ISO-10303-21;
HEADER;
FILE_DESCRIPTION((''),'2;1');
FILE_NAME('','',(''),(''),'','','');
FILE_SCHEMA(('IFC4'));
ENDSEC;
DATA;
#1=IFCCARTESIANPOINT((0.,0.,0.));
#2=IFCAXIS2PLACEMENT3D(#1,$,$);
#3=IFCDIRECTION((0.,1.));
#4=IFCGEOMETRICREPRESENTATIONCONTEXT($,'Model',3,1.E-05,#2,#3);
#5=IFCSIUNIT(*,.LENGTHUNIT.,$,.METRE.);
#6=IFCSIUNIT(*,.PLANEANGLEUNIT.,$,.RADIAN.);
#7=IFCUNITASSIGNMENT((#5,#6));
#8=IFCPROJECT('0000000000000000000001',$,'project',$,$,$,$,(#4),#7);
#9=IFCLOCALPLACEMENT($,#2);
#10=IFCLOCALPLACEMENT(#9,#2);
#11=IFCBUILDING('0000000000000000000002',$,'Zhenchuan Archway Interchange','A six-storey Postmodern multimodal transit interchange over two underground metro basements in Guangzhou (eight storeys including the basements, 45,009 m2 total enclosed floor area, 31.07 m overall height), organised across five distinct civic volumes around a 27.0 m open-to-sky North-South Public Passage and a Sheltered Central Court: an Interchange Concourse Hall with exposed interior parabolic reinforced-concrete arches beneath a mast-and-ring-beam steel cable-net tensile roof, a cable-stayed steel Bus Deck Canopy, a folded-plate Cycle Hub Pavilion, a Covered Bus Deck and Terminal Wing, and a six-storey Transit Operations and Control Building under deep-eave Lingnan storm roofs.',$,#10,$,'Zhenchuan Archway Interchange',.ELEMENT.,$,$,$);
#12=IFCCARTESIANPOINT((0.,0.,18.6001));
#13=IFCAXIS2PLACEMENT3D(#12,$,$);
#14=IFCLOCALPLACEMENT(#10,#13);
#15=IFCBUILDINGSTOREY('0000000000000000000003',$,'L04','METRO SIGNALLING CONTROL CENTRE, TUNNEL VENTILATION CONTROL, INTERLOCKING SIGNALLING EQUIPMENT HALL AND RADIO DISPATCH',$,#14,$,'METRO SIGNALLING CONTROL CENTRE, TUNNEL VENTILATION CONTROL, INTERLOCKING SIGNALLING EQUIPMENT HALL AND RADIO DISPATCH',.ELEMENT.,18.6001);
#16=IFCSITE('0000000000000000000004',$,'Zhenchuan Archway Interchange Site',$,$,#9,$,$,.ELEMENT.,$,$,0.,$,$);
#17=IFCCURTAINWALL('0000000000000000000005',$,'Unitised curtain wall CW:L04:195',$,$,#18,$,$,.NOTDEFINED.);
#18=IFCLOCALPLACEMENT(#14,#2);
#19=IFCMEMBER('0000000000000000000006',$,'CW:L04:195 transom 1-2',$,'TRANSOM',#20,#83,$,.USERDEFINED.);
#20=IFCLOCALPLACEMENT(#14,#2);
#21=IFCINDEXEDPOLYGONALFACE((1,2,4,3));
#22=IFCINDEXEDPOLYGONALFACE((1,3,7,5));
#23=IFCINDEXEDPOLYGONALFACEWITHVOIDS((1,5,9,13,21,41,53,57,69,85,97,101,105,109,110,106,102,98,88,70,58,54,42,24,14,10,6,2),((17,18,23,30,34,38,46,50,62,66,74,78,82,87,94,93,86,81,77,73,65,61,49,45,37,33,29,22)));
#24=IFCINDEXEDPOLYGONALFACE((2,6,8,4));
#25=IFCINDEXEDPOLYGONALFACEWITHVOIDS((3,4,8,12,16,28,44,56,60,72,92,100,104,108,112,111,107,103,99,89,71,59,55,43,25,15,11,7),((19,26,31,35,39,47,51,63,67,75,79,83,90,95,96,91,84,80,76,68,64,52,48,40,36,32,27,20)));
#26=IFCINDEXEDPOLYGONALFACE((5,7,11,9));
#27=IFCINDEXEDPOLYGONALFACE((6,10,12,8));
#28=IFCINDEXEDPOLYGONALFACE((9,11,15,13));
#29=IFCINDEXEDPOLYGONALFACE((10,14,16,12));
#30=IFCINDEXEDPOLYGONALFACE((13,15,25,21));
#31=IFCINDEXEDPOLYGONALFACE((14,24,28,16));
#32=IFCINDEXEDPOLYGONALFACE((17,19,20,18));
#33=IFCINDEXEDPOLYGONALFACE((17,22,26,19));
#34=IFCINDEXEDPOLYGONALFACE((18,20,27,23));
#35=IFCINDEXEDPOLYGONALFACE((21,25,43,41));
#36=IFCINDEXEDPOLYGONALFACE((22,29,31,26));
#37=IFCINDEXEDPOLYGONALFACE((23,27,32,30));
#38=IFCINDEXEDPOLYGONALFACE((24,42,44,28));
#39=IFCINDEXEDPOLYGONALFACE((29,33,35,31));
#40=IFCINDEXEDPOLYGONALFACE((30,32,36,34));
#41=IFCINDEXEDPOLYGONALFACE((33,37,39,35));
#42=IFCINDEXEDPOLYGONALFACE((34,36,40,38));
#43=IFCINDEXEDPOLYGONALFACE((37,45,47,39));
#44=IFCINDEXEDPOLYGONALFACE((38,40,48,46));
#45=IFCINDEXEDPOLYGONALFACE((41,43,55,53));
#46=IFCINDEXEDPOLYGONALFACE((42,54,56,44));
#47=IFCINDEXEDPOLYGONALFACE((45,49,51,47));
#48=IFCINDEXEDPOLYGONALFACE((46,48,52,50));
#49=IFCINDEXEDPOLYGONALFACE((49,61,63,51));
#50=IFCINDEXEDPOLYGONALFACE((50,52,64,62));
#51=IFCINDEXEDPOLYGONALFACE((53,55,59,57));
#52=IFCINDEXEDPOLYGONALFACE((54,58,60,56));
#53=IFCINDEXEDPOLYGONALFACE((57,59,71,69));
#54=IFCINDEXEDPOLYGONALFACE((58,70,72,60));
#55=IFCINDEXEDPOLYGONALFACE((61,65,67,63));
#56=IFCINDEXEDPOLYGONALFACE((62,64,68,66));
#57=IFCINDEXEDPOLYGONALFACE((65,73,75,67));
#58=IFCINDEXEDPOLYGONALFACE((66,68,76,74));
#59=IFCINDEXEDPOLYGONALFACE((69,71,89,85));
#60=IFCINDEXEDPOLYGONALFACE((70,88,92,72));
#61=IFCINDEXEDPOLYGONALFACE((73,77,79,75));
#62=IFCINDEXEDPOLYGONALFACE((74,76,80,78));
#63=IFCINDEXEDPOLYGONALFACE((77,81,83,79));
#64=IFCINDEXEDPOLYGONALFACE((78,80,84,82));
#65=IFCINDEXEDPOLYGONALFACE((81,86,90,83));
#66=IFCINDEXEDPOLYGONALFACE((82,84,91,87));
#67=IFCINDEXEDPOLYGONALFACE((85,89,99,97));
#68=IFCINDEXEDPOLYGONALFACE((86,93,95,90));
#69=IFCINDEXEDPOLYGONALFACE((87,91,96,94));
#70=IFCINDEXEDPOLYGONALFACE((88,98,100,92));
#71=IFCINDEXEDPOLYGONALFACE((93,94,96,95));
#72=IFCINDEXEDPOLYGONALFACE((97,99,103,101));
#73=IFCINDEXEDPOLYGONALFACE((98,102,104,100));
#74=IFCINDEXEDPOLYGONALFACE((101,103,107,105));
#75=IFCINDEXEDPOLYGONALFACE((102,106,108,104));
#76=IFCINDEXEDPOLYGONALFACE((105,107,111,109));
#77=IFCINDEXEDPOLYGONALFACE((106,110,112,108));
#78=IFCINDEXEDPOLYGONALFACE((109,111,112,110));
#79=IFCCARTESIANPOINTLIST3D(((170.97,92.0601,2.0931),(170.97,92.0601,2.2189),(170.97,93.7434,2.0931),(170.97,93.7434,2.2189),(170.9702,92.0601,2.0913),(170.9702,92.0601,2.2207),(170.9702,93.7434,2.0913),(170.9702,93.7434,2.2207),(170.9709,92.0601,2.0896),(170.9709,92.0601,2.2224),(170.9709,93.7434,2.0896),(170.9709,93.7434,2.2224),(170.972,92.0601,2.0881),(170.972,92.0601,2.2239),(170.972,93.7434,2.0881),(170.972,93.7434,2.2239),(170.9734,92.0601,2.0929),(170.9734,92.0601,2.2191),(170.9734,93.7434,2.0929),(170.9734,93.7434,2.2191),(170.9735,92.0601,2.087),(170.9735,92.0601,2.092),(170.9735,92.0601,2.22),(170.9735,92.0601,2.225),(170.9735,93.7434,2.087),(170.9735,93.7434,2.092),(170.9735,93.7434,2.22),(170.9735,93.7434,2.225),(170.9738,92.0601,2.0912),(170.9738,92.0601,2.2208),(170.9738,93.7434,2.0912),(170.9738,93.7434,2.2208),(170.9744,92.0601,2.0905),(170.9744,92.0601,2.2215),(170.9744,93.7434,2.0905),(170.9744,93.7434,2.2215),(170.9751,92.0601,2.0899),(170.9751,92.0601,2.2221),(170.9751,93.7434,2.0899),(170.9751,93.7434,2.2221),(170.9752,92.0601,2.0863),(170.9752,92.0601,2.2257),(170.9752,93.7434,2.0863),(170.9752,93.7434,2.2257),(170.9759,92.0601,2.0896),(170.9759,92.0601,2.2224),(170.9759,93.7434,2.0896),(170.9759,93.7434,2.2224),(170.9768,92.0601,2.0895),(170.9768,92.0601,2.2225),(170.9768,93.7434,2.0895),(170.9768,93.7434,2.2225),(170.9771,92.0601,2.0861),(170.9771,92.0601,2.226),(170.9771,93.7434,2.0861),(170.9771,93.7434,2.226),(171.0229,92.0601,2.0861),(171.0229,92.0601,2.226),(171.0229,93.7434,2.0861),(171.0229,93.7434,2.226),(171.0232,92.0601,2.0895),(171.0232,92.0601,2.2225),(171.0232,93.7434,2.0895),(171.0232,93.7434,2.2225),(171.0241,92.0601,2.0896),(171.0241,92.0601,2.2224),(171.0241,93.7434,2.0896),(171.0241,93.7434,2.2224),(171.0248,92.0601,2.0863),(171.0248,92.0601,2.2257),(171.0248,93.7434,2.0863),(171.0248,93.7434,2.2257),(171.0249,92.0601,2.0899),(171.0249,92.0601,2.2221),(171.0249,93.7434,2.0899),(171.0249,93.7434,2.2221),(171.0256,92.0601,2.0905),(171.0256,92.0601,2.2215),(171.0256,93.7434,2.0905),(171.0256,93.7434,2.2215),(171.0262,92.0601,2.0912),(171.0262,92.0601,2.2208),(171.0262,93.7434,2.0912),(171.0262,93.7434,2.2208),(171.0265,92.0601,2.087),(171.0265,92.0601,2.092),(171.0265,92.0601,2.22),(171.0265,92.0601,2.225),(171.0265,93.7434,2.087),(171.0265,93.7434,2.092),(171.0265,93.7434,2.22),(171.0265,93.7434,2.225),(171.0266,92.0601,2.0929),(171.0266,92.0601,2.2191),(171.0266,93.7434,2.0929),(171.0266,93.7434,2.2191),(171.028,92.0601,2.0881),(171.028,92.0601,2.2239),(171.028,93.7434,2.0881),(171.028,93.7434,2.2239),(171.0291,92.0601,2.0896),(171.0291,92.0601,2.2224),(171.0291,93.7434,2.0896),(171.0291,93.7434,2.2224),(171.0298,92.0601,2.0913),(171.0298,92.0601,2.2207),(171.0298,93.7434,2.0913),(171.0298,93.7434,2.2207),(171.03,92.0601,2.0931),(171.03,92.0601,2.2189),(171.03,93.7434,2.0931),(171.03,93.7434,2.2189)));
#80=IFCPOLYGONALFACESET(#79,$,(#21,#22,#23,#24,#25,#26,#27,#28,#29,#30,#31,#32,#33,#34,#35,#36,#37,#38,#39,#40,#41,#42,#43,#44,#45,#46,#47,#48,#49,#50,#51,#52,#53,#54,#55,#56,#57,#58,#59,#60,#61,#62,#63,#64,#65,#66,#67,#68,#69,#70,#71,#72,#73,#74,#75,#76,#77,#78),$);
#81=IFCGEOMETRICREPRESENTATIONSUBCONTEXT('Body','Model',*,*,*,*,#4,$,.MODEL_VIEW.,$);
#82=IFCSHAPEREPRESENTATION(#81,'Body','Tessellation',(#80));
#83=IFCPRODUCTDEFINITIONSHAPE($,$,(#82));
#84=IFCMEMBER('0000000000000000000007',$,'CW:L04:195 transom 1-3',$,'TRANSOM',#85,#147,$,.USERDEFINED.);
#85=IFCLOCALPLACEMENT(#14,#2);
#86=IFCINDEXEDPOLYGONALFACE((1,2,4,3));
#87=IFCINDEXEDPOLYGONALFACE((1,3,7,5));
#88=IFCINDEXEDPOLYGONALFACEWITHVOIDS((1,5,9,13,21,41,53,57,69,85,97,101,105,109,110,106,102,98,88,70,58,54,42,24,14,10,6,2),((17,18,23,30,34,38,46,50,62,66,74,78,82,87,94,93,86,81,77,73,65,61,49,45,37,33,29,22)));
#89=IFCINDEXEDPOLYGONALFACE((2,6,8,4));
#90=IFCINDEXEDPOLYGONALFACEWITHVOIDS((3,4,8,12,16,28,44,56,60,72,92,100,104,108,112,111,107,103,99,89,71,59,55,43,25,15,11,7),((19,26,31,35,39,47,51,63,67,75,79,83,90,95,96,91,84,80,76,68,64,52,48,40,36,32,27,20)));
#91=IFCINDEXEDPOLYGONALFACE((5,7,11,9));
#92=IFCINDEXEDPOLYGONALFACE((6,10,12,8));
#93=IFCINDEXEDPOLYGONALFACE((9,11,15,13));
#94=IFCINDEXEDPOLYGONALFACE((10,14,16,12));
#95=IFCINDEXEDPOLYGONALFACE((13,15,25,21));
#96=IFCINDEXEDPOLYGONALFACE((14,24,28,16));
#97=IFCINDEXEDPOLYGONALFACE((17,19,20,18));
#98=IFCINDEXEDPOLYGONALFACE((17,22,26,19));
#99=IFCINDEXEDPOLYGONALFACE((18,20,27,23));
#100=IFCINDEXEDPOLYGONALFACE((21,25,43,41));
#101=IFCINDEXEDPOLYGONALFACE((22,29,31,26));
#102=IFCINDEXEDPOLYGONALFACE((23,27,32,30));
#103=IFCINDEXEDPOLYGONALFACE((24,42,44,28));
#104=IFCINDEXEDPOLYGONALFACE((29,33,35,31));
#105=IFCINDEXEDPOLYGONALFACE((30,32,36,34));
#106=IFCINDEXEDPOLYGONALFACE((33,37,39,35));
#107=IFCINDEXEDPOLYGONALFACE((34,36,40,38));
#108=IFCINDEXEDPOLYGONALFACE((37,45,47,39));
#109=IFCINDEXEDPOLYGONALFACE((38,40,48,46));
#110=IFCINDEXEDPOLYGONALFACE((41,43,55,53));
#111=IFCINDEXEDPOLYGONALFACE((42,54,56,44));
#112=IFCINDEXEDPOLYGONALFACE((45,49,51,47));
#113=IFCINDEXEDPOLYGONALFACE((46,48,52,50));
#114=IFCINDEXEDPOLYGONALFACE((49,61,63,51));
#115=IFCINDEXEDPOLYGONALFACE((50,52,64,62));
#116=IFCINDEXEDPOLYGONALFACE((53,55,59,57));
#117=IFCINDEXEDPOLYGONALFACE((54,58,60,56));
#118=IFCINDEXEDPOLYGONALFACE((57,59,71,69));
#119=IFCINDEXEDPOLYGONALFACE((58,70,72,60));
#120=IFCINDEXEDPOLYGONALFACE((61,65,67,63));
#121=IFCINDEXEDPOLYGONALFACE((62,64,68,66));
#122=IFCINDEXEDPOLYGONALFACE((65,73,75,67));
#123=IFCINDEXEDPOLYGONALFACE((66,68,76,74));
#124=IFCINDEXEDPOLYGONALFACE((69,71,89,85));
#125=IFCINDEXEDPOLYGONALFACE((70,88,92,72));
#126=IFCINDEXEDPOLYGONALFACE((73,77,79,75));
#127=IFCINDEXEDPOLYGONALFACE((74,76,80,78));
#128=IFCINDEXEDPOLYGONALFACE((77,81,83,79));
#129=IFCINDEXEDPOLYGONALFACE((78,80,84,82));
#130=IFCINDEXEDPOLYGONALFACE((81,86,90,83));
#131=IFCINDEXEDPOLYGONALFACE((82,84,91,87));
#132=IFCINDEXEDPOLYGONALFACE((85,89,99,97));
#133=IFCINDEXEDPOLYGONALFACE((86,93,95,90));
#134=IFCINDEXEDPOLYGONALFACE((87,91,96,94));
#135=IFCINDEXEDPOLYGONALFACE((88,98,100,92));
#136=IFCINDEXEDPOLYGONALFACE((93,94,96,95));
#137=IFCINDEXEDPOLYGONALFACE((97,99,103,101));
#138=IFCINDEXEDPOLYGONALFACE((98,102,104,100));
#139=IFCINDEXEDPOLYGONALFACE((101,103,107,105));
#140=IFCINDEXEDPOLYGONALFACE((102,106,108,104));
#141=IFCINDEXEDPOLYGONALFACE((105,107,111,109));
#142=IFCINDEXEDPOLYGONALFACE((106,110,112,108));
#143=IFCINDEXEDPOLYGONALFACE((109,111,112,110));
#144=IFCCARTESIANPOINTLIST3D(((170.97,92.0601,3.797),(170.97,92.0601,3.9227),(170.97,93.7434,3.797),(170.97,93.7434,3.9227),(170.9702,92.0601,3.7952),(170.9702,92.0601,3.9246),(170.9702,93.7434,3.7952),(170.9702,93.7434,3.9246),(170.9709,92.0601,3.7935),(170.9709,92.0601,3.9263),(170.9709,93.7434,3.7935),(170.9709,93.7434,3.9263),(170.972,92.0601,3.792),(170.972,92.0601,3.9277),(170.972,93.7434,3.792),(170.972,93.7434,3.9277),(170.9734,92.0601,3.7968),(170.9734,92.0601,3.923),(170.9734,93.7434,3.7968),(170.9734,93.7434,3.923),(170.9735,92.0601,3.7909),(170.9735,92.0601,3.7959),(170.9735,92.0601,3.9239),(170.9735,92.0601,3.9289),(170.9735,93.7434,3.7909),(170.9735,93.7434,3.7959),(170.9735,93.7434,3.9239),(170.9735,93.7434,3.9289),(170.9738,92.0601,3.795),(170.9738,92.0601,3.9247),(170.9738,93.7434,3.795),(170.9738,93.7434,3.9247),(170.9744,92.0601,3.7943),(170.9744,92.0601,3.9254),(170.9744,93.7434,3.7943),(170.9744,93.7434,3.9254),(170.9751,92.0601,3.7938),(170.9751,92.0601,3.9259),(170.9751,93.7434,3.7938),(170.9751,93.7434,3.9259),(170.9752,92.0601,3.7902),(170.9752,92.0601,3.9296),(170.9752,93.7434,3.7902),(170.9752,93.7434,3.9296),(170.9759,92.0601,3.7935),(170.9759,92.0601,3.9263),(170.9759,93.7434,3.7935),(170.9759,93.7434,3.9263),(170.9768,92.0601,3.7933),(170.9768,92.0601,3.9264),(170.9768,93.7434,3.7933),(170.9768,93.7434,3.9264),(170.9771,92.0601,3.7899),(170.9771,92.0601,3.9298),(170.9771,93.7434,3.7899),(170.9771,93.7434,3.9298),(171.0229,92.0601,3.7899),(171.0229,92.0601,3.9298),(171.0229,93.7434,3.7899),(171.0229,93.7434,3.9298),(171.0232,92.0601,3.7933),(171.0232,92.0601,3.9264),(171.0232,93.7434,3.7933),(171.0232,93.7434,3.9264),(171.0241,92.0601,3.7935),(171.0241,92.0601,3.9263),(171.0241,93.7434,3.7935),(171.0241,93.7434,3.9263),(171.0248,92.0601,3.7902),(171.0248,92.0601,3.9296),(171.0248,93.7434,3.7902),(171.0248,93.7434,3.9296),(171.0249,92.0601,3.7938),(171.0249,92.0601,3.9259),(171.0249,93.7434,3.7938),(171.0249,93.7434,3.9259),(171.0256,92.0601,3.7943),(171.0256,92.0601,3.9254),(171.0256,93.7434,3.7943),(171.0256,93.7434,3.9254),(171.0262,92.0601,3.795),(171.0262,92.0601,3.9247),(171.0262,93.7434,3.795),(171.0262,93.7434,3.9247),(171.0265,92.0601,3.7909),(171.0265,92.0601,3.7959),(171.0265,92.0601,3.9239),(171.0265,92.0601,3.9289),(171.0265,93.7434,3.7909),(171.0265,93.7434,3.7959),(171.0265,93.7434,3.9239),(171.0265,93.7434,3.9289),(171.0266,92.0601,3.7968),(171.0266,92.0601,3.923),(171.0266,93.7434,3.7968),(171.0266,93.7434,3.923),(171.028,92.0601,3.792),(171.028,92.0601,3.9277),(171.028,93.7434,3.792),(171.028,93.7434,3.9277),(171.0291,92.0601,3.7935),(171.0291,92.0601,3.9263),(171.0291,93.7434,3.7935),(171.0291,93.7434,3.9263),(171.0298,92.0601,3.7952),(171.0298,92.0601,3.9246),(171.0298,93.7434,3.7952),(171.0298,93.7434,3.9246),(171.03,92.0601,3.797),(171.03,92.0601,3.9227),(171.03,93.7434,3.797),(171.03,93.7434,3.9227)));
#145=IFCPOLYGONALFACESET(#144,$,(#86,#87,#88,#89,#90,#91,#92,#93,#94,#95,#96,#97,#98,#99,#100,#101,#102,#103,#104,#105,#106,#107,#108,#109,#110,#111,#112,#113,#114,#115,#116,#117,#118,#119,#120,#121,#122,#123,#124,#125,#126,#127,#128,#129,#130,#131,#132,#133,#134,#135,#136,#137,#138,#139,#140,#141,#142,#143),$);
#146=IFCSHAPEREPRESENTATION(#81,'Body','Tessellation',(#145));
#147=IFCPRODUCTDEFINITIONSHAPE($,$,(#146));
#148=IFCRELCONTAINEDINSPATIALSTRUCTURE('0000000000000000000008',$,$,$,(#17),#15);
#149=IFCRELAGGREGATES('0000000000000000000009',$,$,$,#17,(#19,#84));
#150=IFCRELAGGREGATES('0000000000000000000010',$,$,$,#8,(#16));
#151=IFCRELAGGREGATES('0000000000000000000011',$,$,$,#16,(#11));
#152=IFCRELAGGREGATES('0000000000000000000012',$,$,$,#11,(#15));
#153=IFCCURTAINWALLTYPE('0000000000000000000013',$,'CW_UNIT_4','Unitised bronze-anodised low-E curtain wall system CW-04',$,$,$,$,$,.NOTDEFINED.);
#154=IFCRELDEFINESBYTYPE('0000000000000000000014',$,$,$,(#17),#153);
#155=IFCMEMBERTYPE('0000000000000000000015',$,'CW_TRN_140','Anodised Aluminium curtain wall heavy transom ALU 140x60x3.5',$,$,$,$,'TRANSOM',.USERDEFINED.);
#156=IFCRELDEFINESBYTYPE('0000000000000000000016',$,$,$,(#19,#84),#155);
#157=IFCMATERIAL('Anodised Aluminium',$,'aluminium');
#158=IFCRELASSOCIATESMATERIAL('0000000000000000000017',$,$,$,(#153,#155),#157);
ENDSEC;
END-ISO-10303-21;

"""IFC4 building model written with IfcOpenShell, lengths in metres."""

from ifc_helpers import new_model, si_unit, direction, frame, origin, origin_2d, place, context, subcontext, project, spatial, hollow_rectangle, extrude, material, material_profile, profile_set, type_object, element, aggregate, save


model = new_model("IFC4")

# Units and contexts
model_context = context("Model", 3, precision=1e-05, world=origin(), true_north=direction((0.0, 1.0)))
body_context = subcontext(model_context, "Body", "Model", "MODEL_VIEW")
ifc_project = project(units=[si_unit("LENGTHUNIT", "METRE"), si_unit("PLANEANGLEUNIT", "RADIAN")], contexts=[model_context])

# Site, building, storey
site_placement = place(None, origin())
site = spatial("IfcSite", under=ifc_project, at=site_placement, Name="Zhenchuan Archway Interchange Site", CompositionType="ELEMENT", RefElevation=0.0)
building_placement = place(site_placement, origin())
building = spatial("IfcBuilding", under=site, at=building_placement, Name="Zhenchuan Archway Interchange", Description="A six-storey Postmodern multimodal transit interchange over two underground metro basements in Guangzhou (eight storeys including the basements, 45,009 m2 total enclosed floor area, 31.07 m overall height), organised across five distinct civic volumes around a 27.0 m open-to-sky North-South Public Passage and a Sheltered Central Court: an Interchange Concourse Hall with exposed interior parabolic reinforced-concrete arches beneath a mast-and-ring-beam steel cable-net tensile roof, a cable-stayed steel Bus Deck Canopy, a folded-plate Cycle Hub Pavilion, a Covered Bus Deck and Terminal Wing, and a six-storey Transit Operations and Control Building under deep-eave Lingnan storm roofs.", LongName="Zhenchuan Archway Interchange", CompositionType="ELEMENT")
storey_placement = place(building_placement, frame((0.0, 0.0, 18.6001)))
storey = spatial("IfcBuildingStorey", under=building, at=storey_placement, Name="L04", Description="METRO SIGNALLING CONTROL CENTRE, TUNNEL VENTILATION CONTROL, INTERLOCKING SIGNALLING EQUIPMENT HALL AND RADIO DISPATCH", LongName="METRO SIGNALLING CONTROL CENTRE, TUNNEL VENTILATION CONTROL, INTERLOCKING SIGNALLING EQUIPMENT HALL AND RADIO DISPATCH", CompositionType="ELEMENT", Elevation=18.6001)

# Curtain wall, members
ifc_material_1 = material(Name="Anodised Aluminium", Category="aluminium")
curtain_wall_type = type_object("IfcCurtainWallType", Name="CW_UNIT_4", Description="Unitised bronze-anodised low-E curtain wall system CW-04", PredefinedType="NOTDEFINED", material=ifc_material_1)
curtain_wall_placement = place(storey_placement, origin())
curtain_wall = element("IfcCurtainWall", 1, at=curtain_wall_placement, inside=storey, type_object=curtain_wall_type, Name="Unitised curtain wall CW:L04:195", PredefinedType="NOTDEFINED")
ifc_material_profile_1 = material_profile(ifc_material_1, hollow_rectangle(XDim=0.0601, YDim=0.1399, WallThickness=0.0034, InnerFilletRadius=0.0034, OuterFilletRadius=0.0071, at=origin_2d()), Name="ALU 140x60x3.5")
ifc_profile_set_1 = profile_set([ifc_material_profile_1], Name="Anodised Aluminium")
member_type_1 = type_object("IfcMemberType", Name="CW_TRN_140", Description="Anodised Aluminium curtain wall heavy transom ALU 140x60x3.5", ElementType="TRANSOM", PredefinedType="USERDEFINED", material=ifc_profile_set_1)
member_1_placement = place(storey_placement, frame((171.0, 93.7434, 2.156), z_axis=(0.0, -1.0, 0.0), x_axis=(1.0, 0.0, 0.0)))
member_1 = element("IfcMember", 2, at=member_1_placement, type_object=member_type_1, Name="CW:L04:195 transom 1-2", ObjectType="TRANSOM", PredefinedType="USERDEFINED", context=body_context, shape_type="SweptSolid", body=[
    extrude(hollow_rectangle(XDim=0.0601, YDim=0.1399, WallThickness=0.0034, InnerFilletRadius=0.0034, OuterFilletRadius=0.0071, at=origin_2d()), origin(), (0.0, 0.0, 1.0), 1.6833),
])
member_2_placement = place(storey_placement, frame((171.0, 93.7434, 3.8599), z_axis=(0.0, -1.0, 0.0), x_axis=(1.0, 0.0, 0.0)))
member_2 = element("IfcMember", 3, at=member_2_placement, type_object=member_type_1, Name="CW:L04:195 transom 1-3", ObjectType="TRANSOM", PredefinedType="USERDEFINED", context=body_context, shape_type="SweptSolid", body=[
    extrude(hollow_rectangle(XDim=0.0601, YDim=0.1399, WallThickness=0.0034, InnerFilletRadius=0.0034, OuterFilletRadius=0.0071, at=origin_2d()), origin(), (0.0, 0.0, 1.0), 1.6833),
])
aggregate(curtain_wall, [member_1, member_2])

save(model, "model.ifc")
